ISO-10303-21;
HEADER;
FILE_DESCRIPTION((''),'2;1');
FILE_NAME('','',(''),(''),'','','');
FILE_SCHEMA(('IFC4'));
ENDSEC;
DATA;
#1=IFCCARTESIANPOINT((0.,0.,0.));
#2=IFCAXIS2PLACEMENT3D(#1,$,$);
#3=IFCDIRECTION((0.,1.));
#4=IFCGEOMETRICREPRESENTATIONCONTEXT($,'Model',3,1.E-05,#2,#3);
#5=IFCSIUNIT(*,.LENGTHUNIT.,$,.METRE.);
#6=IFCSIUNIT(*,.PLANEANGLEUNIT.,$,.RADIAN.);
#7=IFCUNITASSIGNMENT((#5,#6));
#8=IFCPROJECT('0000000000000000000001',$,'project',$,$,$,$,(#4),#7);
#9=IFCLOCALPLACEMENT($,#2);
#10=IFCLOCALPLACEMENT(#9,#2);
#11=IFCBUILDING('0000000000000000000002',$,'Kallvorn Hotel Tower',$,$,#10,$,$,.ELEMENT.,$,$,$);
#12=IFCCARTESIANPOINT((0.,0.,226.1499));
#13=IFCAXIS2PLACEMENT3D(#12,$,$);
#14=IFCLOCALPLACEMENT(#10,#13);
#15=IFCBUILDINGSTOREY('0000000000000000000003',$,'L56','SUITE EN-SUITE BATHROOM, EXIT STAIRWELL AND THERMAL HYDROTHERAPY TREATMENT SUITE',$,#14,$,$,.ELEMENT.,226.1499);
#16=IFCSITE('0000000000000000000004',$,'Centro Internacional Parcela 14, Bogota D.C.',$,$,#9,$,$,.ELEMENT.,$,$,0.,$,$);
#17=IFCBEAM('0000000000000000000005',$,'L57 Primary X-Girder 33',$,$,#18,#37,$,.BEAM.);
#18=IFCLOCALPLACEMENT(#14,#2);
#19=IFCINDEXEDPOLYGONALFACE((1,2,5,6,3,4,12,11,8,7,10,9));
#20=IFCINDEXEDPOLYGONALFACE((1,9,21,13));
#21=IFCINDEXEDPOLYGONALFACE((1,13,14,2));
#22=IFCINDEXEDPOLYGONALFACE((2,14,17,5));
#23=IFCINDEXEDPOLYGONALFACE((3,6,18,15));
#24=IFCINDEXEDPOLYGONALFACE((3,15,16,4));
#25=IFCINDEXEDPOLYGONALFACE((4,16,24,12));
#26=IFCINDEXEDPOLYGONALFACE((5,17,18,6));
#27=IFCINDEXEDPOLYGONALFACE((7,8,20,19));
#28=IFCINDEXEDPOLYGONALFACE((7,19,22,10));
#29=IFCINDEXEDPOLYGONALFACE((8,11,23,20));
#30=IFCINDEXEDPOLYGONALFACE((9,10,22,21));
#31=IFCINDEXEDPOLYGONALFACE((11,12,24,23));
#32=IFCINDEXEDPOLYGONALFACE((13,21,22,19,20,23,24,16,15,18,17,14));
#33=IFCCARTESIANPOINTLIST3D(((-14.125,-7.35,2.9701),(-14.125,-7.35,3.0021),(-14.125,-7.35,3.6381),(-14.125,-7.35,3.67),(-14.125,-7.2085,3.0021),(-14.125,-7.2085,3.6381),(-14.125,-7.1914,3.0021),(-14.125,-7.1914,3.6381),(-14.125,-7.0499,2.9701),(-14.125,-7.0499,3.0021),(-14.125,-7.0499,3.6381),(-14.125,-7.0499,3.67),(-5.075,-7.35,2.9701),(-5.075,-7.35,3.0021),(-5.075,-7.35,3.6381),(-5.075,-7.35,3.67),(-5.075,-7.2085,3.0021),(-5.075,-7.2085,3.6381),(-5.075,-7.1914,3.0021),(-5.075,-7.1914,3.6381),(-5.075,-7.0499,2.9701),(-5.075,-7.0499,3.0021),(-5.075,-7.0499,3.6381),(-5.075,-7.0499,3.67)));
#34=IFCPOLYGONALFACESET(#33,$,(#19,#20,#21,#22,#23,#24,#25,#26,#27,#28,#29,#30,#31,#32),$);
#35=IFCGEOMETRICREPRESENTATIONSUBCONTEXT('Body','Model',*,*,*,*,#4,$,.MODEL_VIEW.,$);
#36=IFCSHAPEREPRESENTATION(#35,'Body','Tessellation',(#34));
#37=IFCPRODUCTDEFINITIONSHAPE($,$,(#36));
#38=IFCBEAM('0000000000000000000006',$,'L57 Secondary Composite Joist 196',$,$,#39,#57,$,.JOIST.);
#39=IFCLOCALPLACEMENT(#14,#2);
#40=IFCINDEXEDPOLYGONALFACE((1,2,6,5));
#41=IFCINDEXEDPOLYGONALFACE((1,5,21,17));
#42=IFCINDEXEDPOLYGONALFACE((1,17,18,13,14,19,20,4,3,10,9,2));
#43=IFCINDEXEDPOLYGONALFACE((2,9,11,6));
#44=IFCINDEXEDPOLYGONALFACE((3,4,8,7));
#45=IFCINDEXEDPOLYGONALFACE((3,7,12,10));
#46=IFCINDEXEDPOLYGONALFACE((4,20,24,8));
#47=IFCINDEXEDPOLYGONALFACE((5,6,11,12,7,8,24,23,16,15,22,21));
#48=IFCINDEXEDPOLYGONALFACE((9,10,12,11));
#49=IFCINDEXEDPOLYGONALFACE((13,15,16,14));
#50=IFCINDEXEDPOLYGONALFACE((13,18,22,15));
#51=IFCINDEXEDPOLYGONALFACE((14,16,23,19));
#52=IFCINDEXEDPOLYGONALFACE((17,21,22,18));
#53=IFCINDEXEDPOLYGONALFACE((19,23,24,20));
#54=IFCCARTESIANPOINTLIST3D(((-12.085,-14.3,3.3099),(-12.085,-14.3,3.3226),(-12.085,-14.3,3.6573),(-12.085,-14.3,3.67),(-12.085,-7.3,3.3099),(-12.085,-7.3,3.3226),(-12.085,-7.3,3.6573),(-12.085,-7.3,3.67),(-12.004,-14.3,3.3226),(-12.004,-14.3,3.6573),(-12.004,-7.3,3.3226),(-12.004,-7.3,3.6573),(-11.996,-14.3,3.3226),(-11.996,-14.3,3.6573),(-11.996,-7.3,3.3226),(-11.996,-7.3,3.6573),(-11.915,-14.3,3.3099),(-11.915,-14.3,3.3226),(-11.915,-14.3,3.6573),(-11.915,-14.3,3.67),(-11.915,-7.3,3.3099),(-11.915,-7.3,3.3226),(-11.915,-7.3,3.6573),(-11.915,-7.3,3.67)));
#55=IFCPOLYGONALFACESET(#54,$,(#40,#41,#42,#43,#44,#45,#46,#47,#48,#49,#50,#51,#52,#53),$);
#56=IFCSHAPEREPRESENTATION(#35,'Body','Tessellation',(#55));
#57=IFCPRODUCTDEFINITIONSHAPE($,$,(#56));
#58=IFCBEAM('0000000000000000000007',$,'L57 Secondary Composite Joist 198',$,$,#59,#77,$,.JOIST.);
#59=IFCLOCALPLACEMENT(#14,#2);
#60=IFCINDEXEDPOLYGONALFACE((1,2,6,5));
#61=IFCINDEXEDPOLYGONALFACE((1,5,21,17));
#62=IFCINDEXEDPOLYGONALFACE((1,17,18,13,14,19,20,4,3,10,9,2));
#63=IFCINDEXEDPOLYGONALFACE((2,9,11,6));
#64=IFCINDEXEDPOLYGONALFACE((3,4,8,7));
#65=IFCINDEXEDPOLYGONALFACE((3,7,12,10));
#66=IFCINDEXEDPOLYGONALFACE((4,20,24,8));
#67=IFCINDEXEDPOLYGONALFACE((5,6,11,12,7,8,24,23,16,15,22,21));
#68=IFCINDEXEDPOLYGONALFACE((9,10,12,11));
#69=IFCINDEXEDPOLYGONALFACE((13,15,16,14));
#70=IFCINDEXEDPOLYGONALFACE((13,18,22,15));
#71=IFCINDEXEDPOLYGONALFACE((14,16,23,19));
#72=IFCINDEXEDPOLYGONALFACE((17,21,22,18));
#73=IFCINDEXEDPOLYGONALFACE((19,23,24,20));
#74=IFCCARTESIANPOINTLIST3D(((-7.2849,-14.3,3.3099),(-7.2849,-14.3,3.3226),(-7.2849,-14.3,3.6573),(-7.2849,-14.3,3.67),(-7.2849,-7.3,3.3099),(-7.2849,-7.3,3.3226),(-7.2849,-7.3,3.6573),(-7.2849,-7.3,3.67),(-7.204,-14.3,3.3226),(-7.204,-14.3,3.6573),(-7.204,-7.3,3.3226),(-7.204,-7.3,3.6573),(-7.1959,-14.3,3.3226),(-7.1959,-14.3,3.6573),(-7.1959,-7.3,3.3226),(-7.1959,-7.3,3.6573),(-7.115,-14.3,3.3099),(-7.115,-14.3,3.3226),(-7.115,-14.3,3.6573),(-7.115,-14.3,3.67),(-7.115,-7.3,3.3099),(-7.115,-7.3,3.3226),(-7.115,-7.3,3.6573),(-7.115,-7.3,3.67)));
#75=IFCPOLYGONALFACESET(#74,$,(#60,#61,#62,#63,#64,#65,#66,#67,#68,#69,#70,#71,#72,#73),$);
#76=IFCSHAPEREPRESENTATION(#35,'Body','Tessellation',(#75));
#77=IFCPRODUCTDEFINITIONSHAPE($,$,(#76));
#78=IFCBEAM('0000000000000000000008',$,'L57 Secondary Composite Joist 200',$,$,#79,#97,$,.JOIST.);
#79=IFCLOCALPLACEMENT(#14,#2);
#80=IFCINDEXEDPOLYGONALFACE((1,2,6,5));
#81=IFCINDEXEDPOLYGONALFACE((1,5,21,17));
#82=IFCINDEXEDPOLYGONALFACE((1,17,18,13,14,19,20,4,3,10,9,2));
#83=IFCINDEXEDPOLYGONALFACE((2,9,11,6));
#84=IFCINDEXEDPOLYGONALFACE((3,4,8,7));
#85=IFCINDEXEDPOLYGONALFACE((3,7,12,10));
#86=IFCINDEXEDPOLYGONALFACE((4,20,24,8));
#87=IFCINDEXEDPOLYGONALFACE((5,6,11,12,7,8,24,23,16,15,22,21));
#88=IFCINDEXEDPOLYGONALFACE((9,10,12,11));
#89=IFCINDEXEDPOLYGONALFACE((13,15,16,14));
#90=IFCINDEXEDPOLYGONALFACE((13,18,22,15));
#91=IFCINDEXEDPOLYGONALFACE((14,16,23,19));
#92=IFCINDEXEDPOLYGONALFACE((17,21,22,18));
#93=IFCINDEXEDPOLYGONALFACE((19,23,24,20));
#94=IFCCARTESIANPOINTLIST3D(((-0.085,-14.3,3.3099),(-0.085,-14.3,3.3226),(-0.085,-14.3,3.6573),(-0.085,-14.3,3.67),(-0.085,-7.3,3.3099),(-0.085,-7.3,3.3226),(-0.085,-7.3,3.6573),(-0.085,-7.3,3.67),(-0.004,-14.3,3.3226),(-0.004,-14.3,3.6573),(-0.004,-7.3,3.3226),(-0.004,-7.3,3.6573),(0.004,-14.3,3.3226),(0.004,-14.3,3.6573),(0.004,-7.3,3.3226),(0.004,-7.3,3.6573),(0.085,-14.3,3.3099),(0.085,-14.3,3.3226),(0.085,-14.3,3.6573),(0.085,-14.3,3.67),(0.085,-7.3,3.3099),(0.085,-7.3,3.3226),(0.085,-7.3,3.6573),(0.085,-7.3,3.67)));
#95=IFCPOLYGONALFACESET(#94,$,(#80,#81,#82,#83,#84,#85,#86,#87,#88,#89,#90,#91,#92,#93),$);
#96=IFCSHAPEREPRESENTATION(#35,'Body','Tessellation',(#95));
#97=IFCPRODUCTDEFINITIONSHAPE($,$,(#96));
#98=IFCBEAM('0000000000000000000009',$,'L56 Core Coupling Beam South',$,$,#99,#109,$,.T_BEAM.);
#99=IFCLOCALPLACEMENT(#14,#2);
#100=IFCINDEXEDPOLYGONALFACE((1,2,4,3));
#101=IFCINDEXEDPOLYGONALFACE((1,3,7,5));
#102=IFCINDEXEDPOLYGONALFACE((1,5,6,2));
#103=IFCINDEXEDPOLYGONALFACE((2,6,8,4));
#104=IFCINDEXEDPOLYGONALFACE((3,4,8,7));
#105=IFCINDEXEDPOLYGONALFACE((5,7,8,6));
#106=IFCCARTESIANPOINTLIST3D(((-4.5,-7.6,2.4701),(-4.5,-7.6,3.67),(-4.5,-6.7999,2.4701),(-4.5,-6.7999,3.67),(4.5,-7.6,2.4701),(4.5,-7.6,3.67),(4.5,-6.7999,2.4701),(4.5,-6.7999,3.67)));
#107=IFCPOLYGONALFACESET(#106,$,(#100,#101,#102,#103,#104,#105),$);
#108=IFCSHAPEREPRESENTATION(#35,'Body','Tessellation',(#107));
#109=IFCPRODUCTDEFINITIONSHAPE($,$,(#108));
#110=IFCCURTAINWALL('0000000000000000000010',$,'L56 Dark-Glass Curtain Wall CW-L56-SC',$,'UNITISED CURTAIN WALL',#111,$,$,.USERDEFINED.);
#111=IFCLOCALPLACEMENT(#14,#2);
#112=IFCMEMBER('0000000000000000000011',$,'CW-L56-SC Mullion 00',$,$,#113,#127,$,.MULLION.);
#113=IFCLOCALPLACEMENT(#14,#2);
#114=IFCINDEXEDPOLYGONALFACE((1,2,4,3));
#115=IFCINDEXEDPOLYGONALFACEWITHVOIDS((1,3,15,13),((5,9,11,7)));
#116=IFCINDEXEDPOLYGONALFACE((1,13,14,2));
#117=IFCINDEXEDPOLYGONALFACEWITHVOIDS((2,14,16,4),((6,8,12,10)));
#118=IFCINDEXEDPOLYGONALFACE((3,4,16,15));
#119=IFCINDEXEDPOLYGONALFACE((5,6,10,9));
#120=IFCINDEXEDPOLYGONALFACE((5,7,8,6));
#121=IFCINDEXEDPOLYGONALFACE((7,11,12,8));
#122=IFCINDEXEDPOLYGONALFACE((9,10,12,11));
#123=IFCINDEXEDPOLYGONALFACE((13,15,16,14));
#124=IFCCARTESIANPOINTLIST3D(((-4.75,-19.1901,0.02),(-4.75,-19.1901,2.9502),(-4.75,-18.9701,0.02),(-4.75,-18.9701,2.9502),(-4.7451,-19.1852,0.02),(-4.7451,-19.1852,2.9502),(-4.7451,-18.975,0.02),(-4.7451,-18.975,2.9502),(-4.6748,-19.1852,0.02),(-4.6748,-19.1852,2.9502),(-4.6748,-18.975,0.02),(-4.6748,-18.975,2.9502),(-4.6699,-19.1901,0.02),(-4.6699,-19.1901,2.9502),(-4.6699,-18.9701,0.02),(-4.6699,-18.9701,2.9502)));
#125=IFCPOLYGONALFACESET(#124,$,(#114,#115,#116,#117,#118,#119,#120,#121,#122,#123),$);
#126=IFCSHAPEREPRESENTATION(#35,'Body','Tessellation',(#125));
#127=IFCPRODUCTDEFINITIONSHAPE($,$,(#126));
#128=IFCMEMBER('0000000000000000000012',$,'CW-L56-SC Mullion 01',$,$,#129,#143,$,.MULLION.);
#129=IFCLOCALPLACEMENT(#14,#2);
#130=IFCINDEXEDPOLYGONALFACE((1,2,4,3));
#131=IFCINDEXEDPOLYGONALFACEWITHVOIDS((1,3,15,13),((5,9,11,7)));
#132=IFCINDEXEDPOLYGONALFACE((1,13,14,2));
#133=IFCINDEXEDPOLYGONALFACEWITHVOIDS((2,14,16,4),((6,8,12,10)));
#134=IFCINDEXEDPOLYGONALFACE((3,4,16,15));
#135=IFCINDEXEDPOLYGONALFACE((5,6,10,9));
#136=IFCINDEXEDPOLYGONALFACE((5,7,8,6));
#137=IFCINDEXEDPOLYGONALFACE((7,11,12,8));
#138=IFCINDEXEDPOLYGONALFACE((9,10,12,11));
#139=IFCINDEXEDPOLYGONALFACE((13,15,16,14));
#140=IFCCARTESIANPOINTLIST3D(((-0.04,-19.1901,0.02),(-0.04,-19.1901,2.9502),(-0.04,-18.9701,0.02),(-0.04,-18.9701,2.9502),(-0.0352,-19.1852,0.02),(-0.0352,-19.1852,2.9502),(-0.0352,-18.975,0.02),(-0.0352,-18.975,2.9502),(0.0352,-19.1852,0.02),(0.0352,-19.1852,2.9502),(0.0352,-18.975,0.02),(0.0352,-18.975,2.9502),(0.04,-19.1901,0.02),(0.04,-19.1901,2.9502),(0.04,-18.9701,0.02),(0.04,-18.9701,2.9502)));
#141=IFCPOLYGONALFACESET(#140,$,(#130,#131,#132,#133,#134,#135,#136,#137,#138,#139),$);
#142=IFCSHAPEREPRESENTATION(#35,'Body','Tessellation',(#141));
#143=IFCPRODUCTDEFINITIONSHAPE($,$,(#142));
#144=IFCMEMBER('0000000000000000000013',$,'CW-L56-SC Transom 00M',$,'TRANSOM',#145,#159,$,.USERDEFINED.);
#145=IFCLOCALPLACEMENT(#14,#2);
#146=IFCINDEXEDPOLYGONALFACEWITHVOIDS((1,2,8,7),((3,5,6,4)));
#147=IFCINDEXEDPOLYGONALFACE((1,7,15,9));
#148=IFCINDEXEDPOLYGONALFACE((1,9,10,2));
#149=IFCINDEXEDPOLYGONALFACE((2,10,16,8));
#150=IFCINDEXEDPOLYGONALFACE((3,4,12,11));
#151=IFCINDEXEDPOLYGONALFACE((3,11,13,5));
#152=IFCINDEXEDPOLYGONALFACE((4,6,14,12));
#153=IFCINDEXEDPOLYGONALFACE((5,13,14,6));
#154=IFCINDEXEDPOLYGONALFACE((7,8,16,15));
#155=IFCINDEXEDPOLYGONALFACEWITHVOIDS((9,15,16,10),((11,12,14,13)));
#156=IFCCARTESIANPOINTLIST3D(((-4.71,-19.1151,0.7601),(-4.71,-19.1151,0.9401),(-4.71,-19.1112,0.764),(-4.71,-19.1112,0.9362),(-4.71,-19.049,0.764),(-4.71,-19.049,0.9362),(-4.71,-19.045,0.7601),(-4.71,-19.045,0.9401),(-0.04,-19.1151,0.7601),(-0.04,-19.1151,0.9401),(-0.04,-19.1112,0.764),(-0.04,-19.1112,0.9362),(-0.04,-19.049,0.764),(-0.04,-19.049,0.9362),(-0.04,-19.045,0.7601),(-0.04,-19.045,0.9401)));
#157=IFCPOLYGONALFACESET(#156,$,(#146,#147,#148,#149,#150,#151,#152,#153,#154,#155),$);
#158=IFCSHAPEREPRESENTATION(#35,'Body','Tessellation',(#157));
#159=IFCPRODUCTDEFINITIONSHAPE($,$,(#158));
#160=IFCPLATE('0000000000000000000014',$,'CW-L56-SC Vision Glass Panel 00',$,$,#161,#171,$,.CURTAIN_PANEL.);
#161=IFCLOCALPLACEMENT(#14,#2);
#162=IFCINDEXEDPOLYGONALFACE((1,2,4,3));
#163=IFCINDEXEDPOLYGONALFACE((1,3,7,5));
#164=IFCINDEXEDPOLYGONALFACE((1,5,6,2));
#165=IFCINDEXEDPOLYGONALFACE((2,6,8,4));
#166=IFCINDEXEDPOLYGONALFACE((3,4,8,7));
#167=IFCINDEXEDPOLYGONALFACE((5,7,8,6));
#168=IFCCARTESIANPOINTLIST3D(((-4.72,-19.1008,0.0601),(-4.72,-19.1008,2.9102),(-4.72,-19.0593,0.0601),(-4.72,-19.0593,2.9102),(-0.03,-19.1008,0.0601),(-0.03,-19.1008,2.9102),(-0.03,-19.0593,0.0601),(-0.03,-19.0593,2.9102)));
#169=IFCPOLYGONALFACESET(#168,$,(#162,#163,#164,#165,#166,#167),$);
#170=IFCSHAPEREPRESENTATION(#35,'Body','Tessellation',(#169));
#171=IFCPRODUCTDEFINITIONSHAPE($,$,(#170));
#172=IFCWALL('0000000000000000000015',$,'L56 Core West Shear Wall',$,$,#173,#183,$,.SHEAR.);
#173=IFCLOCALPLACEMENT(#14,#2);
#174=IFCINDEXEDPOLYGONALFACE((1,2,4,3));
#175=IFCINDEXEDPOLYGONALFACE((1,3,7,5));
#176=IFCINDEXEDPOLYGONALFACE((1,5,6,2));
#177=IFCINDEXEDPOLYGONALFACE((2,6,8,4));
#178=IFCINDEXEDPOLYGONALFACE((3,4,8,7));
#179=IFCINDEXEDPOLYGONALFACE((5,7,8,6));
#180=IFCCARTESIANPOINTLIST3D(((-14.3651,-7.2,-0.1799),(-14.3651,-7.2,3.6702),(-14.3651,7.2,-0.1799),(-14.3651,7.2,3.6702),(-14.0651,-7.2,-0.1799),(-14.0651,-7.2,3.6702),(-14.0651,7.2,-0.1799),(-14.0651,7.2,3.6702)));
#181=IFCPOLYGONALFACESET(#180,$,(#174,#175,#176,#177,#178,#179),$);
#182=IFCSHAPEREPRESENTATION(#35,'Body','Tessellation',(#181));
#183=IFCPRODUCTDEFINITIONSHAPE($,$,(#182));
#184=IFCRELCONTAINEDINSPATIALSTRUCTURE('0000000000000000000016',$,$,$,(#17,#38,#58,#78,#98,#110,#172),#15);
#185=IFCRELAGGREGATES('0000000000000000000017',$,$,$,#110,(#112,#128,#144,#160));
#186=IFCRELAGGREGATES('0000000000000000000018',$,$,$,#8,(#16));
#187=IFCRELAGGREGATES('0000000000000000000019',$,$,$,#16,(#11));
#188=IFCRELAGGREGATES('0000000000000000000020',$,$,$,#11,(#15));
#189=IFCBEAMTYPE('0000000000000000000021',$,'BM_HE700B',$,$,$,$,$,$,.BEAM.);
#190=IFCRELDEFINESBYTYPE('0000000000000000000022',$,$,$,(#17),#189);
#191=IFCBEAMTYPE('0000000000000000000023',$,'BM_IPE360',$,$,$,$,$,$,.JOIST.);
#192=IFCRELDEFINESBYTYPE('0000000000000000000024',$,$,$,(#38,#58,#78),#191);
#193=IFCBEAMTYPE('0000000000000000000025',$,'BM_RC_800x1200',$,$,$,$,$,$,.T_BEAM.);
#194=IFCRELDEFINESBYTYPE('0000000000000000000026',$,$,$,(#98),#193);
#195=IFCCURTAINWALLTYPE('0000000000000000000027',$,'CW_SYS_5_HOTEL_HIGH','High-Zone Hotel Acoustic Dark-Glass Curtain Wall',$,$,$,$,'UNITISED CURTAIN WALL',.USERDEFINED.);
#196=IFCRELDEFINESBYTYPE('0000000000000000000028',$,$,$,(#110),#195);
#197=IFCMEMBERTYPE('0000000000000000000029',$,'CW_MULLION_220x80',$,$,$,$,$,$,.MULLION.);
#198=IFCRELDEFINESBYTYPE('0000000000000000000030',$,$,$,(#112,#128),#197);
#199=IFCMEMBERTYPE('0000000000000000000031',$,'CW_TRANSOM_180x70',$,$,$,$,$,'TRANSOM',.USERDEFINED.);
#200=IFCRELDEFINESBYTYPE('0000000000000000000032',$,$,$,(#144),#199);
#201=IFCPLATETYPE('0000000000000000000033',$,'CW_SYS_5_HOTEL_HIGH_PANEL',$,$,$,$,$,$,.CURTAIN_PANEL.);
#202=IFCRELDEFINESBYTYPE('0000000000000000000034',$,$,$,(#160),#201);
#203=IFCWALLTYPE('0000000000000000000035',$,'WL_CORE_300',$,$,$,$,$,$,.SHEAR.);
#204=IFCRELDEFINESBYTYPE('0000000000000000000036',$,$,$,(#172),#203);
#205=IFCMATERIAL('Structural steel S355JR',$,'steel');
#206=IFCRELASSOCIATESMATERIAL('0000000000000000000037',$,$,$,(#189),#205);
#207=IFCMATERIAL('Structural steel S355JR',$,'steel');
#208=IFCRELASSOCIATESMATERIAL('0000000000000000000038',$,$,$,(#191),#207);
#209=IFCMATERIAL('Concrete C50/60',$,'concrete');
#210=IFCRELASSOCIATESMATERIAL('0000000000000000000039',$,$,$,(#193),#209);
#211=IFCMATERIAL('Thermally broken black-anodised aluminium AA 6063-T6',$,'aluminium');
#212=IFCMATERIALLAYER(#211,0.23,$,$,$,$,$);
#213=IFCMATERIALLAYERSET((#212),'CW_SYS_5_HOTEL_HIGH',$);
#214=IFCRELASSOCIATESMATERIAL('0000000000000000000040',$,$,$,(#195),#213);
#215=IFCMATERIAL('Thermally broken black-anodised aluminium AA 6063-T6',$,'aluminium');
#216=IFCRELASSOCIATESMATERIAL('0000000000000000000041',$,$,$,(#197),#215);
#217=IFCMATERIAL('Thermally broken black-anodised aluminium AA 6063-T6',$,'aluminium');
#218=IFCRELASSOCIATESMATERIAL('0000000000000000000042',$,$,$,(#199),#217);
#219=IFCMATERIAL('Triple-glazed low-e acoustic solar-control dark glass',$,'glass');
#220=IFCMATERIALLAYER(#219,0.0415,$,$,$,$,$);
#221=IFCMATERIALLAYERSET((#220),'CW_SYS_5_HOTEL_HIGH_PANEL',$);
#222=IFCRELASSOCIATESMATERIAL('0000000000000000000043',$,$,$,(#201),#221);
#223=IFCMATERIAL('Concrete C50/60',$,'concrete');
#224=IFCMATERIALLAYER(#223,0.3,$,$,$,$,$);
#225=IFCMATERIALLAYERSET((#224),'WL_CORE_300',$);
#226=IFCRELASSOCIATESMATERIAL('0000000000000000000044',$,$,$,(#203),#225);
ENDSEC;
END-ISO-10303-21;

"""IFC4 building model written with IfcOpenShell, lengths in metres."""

from ifc_helpers import new_model, si_unit, direction, frame, frame_2d, origin, origin_2d, place, context, subcontext, project, spatial, rectangle, hollow_rectangle, i_section, extrude, material, layer, layer_set, material_profile, profile_set, type_object, element, aggregate, save


model = new_model("IFC4")

# Units and contexts
model_context = context("Model", 3, precision=1e-05, world=origin(), true_north=direction((0.0, 1.0)))
body_context = subcontext(model_context, "Body", "Model", "MODEL_VIEW")
ifc_project = project(units=[si_unit("LENGTHUNIT", "METRE"), si_unit("PLANEANGLEUNIT", "RADIAN")], contexts=[model_context])

# Site, building, storey
site_placement = place(None, origin())
site = spatial("IfcSite", under=ifc_project, at=site_placement, Name="Centro Internacional Parcela 14, Bogota D.C.", CompositionType="ELEMENT", RefElevation=0.0)
building_placement = place(site_placement, origin())
building = spatial("IfcBuilding", under=site, at=building_placement, Name="Kallvorn Hotel Tower", CompositionType="ELEMENT")
storey_placement = place(building_placement, frame((0.0, 0.0, 226.1499)))
storey = spatial("IfcBuildingStorey", under=building, at=storey_placement, Name="L56", Description="SUITE EN-SUITE BATHROOM, EXIT STAIRWELL AND THERMAL HYDROTHERAPY TREATMENT SUITE", CompositionType="ELEMENT", Elevation=226.1499)

# Beams
ifc_material_1 = material(Name="Structural steel S355JR", Category="steel")
ifc_material_profile_1 = material_profile(ifc_material_1, i_section(OverallWidth=0.3, OverallDepth=0.7, WebThickness=0.0171, FlangeThickness=0.032, at=origin_2d()), Name="HE 700 B")
ifc_profile_set_1 = profile_set([ifc_material_profile_1], Name="Structural steel S355JR")
beam_type_1 = type_object("IfcBeamType", Name="BM_HE700B", PredefinedType="BEAM", material=ifc_profile_set_1)
beam_1_placement = place(storey_placement, frame((-14.125, -7.2, 3.3201), z_axis=(1.0, 0.0, 0.0), x_axis=(0.0, 1.0, 0.0)))
element("IfcBeam", 1, at=beam_1_placement, inside=storey, type_object=beam_type_1, Name="L57 Primary X-Girder 33", PredefinedType="BEAM", context=body_context, shape_type="SweptSolid", body=[
    extrude(i_section(OverallWidth=0.3, OverallDepth=0.7, WebThickness=0.0171, FlangeThickness=0.032, at=origin_2d()), origin(), (0.0, 0.0, 1.0), 9.05),
])
ifc_material_2 = material(Name="Structural steel S355JR", Category="steel")
ifc_material_profile_2 = material_profile(ifc_material_2, i_section(OverallWidth=0.1699, OverallDepth=0.3601, WebThickness=0.0081, FlangeThickness=0.0127, at=origin_2d()), Name="IPE 360")
ifc_profile_set_2 = profile_set([ifc_material_profile_2], Name="Structural steel S355JR")
beam_type_2 = type_object("IfcBeamType", Name="BM_IPE360", PredefinedType="JOIST", material=ifc_profile_set_2)
for number, where, z_axis, x_axis, name in (
    (2, (-12.0, -14.3, 3.49), (0.0, 1.0, 0.0), (-1.0, 0.0, 0.0), "L57 Secondary Composite Joist 196"),
    (3, (-7.2, -14.3, 3.49), (0.0, 1.0, 0.0), (-1.0, 0.0, 0.0), "L57 Secondary Composite Joist 198"),
    (4, (0.0, -14.3, 3.49), (0.0, 1.0, 0.0), (-1.0, 0.0, 0.0), "L57 Secondary Composite Joist 200"),
):
    element("IfcBeam", number, at=place(storey_placement, frame(where, z_axis=z_axis, x_axis=x_axis)), inside=storey, type_object=beam_type_2, Name=name, PredefinedType="JOIST", context=body_context, shape_type="SweptSolid", body=[
        extrude(i_section(OverallWidth=0.1699, OverallDepth=0.3601, WebThickness=0.0081, FlangeThickness=0.0127, at=origin_2d()), origin(), (0.0, 0.0, 1.0), 7.0),
    ])
ifc_material_3 = material(Name="Concrete C50/60", Category="concrete")
ifc_material_profile_3 = material_profile(ifc_material_3, rectangle(XDim=0.8, YDim=1.2, at=origin_2d()), Name="RC 800x1200")
ifc_profile_set_3 = profile_set([ifc_material_profile_3], Name="Concrete C50/60")
beam_type_3 = type_object("IfcBeamType", Name="BM_RC_800x1200", PredefinedType="T_BEAM", material=ifc_profile_set_3)
beam_2_placement = place(storey_placement, frame((-4.5, -7.2, 3.0701), z_axis=(1.0, 0.0, 0.0), x_axis=(0.0, 1.0, 0.0)))
element("IfcBeam", 5, at=beam_2_placement, inside=storey, type_object=beam_type_3, Name="L56 Core Coupling Beam South", PredefinedType="T_BEAM", context=body_context, shape_type="SweptSolid", body=[
    extrude(rectangle(XDim=0.8, YDim=1.2, at=origin_2d()), origin(), (0.0, 0.0, 1.0), 9.0),
])

# Curtain wall, members, plate
ifc_material_4 = material(Name="Thermally broken black-anodised aluminium AA 6063-T6", Category="aluminium")
ifc_layer_1 = layer(ifc_material_4, 0.23)
ifc_layer_set_1 = layer_set([ifc_layer_1], Name="CW_SYS_5_HOTEL_HIGH")
curtain_wall_type = type_object("IfcCurtainWallType", Name="CW_SYS_5_HOTEL_HIGH", Description="High-Zone Hotel Acoustic Dark-Glass Curtain Wall", ElementType="UNITISED CURTAIN WALL", PredefinedType="USERDEFINED", material=ifc_layer_set_1)
curtain_wall_placement = place(storey_placement, origin())
curtain_wall = element("IfcCurtainWall", 6, at=curtain_wall_placement, inside=storey, type_object=curtain_wall_type, Name="L56 Dark-Glass Curtain Wall CW-L56-SC", ObjectType="UNITISED CURTAIN WALL", PredefinedType="USERDEFINED")
ifc_material_5 = material(Name="Thermally broken black-anodised aluminium AA 6063-T6", Category="aluminium")
ifc_material_profile_4 = material_profile(ifc_material_5, hollow_rectangle(XDim=0.0801, YDim=0.22, WallThickness=0.0049, at=origin_2d()), Name="MUL 220x80")
ifc_profile_set_4 = profile_set([ifc_material_profile_4], Name="Thermally broken black-anodised aluminium AA 6063-T6")
member_type_1 = type_object("IfcMemberType", Name="CW_MULLION_220x80", PredefinedType="MULLION", material=ifc_profile_set_4)
member_1_placement = place(storey_placement, frame((-4.71, -19.0801, 0.02), z_axis=(0.0, 0.0, 1.0), x_axis=(1.0, 0.0, 0.0)))
member_1 = element("IfcMember", 7, at=member_1_placement, type_object=member_type_1, Name="CW-L56-SC Mullion 00", PredefinedType="MULLION", context=body_context, shape_type="SweptSolid", body=[
    extrude(hollow_rectangle(XDim=0.0801, YDim=0.22, WallThickness=0.0049, at=origin_2d()), origin(), (0.0, 0.0, 1.0), 2.9302),
])
member_2_placement = place(storey_placement, frame((0.0, -19.0801, 0.02), z_axis=(0.0, 0.0, 1.0), x_axis=(1.0, 0.0, 0.0)))
member_2 = element("IfcMember", 8, at=member_2_placement, type_object=member_type_1, Name="CW-L56-SC Mullion 01", PredefinedType="MULLION", context=body_context, shape_type="SweptSolid", body=[
    extrude(hollow_rectangle(XDim=0.0801, YDim=0.22, WallThickness=0.0049, at=origin_2d()), origin(), (0.0, 0.0, 1.0), 2.9302),
])
ifc_material_6 = material(Name="Thermally broken black-anodised aluminium AA 6063-T6", Category="aluminium")
ifc_material_profile_5 = material_profile(ifc_material_6, hollow_rectangle(XDim=0.0701, YDim=0.1799, WallThickness=0.0039, at=origin_2d()), Name="TRN 180x70")
ifc_profile_set_5 = profile_set([ifc_material_profile_5], Name="Thermally broken black-anodised aluminium AA 6063-T6")
member_type_2 = type_object("IfcMemberType", Name="CW_TRANSOM_180x70", ElementType="TRANSOM", PredefinedType="USERDEFINED", material=ifc_profile_set_5)
member_3_placement = place(storey_placement, frame((-4.71, -19.0801, 0.8501), z_axis=(1.0, 0.0, 0.0), x_axis=(0.0, 1.0, 0.0)))
member_3 = element("IfcMember", 9, at=member_3_placement, type_object=member_type_2, Name="CW-L56-SC Transom 00M", ObjectType="TRANSOM", PredefinedType="USERDEFINED", context=body_context, shape_type="SweptSolid", body=[
    extrude(hollow_rectangle(XDim=0.0701, YDim=0.1799, WallThickness=0.0039, at=origin_2d()), origin(), (0.0, 0.0, 1.0), 4.6699),
])
ifc_material_7 = material(Name="Triple-glazed low-e acoustic solar-control dark glass", Category="glass")
ifc_layer_2 = layer(ifc_material_7, 0.0415)
ifc_layer_set_2 = layer_set([ifc_layer_2], Name="CW_SYS_5_HOTEL_HIGH_PANEL")
plate_type = type_object("IfcPlateType", Name="CW_SYS_5_HOTEL_HIGH_PANEL", PredefinedType="CURTAIN_PANEL", material=ifc_layer_set_2)
plate_placement = place(storey_placement, frame((-2.375, -19.0801, 0.0601), z_axis=(0.0, 0.0, 1.0), x_axis=(1.0, 0.0, 0.0)))
plate = element("IfcPlate", 10, at=plate_placement, type_object=plate_type, Name="CW-L56-SC Vision Glass Panel 00", PredefinedType="CURTAIN_PANEL", context=body_context, shape_type="SweptSolid", body=[
    extrude(rectangle(XDim=4.6899, YDim=0.0415, at=origin_2d()), origin(), (0.0, 0.0, 1.0), 2.8501),
])
aggregate(curtain_wall, [member_1, member_2, member_3, plate])

# Wall
ifc_material_8 = material(Name="Concrete C50/60", Category="concrete")
ifc_layer_3 = layer(ifc_material_8, 0.3)
ifc_layer_set_3 = layer_set([ifc_layer_3], Name="WL_CORE_300")
wall_type_1 = type_object("IfcWallType", Name="WL_CORE_300", PredefinedType="SHEAR", material=ifc_layer_set_3)
wall_1_placement = place(storey_placement, frame((-14.2151, -7.2, -0.1799), z_axis=(0.0, 0.0, 1.0), x_axis=(0.0, 1.0, 0.0)))
element("IfcWall", 11, at=wall_1_placement, inside=storey, type_object=wall_type_1, Name="L56 Core West Shear Wall", PredefinedType="SHEAR", context=body_context, shape_type="SweptSolid", body=[
    extrude(rectangle(XDim=14.3999, YDim=0.3, at=frame_2d((7.2, 0.0))), origin(), (0.0, 0.0, 1.0), 3.8501),
])

save(model, "model.ifc")
